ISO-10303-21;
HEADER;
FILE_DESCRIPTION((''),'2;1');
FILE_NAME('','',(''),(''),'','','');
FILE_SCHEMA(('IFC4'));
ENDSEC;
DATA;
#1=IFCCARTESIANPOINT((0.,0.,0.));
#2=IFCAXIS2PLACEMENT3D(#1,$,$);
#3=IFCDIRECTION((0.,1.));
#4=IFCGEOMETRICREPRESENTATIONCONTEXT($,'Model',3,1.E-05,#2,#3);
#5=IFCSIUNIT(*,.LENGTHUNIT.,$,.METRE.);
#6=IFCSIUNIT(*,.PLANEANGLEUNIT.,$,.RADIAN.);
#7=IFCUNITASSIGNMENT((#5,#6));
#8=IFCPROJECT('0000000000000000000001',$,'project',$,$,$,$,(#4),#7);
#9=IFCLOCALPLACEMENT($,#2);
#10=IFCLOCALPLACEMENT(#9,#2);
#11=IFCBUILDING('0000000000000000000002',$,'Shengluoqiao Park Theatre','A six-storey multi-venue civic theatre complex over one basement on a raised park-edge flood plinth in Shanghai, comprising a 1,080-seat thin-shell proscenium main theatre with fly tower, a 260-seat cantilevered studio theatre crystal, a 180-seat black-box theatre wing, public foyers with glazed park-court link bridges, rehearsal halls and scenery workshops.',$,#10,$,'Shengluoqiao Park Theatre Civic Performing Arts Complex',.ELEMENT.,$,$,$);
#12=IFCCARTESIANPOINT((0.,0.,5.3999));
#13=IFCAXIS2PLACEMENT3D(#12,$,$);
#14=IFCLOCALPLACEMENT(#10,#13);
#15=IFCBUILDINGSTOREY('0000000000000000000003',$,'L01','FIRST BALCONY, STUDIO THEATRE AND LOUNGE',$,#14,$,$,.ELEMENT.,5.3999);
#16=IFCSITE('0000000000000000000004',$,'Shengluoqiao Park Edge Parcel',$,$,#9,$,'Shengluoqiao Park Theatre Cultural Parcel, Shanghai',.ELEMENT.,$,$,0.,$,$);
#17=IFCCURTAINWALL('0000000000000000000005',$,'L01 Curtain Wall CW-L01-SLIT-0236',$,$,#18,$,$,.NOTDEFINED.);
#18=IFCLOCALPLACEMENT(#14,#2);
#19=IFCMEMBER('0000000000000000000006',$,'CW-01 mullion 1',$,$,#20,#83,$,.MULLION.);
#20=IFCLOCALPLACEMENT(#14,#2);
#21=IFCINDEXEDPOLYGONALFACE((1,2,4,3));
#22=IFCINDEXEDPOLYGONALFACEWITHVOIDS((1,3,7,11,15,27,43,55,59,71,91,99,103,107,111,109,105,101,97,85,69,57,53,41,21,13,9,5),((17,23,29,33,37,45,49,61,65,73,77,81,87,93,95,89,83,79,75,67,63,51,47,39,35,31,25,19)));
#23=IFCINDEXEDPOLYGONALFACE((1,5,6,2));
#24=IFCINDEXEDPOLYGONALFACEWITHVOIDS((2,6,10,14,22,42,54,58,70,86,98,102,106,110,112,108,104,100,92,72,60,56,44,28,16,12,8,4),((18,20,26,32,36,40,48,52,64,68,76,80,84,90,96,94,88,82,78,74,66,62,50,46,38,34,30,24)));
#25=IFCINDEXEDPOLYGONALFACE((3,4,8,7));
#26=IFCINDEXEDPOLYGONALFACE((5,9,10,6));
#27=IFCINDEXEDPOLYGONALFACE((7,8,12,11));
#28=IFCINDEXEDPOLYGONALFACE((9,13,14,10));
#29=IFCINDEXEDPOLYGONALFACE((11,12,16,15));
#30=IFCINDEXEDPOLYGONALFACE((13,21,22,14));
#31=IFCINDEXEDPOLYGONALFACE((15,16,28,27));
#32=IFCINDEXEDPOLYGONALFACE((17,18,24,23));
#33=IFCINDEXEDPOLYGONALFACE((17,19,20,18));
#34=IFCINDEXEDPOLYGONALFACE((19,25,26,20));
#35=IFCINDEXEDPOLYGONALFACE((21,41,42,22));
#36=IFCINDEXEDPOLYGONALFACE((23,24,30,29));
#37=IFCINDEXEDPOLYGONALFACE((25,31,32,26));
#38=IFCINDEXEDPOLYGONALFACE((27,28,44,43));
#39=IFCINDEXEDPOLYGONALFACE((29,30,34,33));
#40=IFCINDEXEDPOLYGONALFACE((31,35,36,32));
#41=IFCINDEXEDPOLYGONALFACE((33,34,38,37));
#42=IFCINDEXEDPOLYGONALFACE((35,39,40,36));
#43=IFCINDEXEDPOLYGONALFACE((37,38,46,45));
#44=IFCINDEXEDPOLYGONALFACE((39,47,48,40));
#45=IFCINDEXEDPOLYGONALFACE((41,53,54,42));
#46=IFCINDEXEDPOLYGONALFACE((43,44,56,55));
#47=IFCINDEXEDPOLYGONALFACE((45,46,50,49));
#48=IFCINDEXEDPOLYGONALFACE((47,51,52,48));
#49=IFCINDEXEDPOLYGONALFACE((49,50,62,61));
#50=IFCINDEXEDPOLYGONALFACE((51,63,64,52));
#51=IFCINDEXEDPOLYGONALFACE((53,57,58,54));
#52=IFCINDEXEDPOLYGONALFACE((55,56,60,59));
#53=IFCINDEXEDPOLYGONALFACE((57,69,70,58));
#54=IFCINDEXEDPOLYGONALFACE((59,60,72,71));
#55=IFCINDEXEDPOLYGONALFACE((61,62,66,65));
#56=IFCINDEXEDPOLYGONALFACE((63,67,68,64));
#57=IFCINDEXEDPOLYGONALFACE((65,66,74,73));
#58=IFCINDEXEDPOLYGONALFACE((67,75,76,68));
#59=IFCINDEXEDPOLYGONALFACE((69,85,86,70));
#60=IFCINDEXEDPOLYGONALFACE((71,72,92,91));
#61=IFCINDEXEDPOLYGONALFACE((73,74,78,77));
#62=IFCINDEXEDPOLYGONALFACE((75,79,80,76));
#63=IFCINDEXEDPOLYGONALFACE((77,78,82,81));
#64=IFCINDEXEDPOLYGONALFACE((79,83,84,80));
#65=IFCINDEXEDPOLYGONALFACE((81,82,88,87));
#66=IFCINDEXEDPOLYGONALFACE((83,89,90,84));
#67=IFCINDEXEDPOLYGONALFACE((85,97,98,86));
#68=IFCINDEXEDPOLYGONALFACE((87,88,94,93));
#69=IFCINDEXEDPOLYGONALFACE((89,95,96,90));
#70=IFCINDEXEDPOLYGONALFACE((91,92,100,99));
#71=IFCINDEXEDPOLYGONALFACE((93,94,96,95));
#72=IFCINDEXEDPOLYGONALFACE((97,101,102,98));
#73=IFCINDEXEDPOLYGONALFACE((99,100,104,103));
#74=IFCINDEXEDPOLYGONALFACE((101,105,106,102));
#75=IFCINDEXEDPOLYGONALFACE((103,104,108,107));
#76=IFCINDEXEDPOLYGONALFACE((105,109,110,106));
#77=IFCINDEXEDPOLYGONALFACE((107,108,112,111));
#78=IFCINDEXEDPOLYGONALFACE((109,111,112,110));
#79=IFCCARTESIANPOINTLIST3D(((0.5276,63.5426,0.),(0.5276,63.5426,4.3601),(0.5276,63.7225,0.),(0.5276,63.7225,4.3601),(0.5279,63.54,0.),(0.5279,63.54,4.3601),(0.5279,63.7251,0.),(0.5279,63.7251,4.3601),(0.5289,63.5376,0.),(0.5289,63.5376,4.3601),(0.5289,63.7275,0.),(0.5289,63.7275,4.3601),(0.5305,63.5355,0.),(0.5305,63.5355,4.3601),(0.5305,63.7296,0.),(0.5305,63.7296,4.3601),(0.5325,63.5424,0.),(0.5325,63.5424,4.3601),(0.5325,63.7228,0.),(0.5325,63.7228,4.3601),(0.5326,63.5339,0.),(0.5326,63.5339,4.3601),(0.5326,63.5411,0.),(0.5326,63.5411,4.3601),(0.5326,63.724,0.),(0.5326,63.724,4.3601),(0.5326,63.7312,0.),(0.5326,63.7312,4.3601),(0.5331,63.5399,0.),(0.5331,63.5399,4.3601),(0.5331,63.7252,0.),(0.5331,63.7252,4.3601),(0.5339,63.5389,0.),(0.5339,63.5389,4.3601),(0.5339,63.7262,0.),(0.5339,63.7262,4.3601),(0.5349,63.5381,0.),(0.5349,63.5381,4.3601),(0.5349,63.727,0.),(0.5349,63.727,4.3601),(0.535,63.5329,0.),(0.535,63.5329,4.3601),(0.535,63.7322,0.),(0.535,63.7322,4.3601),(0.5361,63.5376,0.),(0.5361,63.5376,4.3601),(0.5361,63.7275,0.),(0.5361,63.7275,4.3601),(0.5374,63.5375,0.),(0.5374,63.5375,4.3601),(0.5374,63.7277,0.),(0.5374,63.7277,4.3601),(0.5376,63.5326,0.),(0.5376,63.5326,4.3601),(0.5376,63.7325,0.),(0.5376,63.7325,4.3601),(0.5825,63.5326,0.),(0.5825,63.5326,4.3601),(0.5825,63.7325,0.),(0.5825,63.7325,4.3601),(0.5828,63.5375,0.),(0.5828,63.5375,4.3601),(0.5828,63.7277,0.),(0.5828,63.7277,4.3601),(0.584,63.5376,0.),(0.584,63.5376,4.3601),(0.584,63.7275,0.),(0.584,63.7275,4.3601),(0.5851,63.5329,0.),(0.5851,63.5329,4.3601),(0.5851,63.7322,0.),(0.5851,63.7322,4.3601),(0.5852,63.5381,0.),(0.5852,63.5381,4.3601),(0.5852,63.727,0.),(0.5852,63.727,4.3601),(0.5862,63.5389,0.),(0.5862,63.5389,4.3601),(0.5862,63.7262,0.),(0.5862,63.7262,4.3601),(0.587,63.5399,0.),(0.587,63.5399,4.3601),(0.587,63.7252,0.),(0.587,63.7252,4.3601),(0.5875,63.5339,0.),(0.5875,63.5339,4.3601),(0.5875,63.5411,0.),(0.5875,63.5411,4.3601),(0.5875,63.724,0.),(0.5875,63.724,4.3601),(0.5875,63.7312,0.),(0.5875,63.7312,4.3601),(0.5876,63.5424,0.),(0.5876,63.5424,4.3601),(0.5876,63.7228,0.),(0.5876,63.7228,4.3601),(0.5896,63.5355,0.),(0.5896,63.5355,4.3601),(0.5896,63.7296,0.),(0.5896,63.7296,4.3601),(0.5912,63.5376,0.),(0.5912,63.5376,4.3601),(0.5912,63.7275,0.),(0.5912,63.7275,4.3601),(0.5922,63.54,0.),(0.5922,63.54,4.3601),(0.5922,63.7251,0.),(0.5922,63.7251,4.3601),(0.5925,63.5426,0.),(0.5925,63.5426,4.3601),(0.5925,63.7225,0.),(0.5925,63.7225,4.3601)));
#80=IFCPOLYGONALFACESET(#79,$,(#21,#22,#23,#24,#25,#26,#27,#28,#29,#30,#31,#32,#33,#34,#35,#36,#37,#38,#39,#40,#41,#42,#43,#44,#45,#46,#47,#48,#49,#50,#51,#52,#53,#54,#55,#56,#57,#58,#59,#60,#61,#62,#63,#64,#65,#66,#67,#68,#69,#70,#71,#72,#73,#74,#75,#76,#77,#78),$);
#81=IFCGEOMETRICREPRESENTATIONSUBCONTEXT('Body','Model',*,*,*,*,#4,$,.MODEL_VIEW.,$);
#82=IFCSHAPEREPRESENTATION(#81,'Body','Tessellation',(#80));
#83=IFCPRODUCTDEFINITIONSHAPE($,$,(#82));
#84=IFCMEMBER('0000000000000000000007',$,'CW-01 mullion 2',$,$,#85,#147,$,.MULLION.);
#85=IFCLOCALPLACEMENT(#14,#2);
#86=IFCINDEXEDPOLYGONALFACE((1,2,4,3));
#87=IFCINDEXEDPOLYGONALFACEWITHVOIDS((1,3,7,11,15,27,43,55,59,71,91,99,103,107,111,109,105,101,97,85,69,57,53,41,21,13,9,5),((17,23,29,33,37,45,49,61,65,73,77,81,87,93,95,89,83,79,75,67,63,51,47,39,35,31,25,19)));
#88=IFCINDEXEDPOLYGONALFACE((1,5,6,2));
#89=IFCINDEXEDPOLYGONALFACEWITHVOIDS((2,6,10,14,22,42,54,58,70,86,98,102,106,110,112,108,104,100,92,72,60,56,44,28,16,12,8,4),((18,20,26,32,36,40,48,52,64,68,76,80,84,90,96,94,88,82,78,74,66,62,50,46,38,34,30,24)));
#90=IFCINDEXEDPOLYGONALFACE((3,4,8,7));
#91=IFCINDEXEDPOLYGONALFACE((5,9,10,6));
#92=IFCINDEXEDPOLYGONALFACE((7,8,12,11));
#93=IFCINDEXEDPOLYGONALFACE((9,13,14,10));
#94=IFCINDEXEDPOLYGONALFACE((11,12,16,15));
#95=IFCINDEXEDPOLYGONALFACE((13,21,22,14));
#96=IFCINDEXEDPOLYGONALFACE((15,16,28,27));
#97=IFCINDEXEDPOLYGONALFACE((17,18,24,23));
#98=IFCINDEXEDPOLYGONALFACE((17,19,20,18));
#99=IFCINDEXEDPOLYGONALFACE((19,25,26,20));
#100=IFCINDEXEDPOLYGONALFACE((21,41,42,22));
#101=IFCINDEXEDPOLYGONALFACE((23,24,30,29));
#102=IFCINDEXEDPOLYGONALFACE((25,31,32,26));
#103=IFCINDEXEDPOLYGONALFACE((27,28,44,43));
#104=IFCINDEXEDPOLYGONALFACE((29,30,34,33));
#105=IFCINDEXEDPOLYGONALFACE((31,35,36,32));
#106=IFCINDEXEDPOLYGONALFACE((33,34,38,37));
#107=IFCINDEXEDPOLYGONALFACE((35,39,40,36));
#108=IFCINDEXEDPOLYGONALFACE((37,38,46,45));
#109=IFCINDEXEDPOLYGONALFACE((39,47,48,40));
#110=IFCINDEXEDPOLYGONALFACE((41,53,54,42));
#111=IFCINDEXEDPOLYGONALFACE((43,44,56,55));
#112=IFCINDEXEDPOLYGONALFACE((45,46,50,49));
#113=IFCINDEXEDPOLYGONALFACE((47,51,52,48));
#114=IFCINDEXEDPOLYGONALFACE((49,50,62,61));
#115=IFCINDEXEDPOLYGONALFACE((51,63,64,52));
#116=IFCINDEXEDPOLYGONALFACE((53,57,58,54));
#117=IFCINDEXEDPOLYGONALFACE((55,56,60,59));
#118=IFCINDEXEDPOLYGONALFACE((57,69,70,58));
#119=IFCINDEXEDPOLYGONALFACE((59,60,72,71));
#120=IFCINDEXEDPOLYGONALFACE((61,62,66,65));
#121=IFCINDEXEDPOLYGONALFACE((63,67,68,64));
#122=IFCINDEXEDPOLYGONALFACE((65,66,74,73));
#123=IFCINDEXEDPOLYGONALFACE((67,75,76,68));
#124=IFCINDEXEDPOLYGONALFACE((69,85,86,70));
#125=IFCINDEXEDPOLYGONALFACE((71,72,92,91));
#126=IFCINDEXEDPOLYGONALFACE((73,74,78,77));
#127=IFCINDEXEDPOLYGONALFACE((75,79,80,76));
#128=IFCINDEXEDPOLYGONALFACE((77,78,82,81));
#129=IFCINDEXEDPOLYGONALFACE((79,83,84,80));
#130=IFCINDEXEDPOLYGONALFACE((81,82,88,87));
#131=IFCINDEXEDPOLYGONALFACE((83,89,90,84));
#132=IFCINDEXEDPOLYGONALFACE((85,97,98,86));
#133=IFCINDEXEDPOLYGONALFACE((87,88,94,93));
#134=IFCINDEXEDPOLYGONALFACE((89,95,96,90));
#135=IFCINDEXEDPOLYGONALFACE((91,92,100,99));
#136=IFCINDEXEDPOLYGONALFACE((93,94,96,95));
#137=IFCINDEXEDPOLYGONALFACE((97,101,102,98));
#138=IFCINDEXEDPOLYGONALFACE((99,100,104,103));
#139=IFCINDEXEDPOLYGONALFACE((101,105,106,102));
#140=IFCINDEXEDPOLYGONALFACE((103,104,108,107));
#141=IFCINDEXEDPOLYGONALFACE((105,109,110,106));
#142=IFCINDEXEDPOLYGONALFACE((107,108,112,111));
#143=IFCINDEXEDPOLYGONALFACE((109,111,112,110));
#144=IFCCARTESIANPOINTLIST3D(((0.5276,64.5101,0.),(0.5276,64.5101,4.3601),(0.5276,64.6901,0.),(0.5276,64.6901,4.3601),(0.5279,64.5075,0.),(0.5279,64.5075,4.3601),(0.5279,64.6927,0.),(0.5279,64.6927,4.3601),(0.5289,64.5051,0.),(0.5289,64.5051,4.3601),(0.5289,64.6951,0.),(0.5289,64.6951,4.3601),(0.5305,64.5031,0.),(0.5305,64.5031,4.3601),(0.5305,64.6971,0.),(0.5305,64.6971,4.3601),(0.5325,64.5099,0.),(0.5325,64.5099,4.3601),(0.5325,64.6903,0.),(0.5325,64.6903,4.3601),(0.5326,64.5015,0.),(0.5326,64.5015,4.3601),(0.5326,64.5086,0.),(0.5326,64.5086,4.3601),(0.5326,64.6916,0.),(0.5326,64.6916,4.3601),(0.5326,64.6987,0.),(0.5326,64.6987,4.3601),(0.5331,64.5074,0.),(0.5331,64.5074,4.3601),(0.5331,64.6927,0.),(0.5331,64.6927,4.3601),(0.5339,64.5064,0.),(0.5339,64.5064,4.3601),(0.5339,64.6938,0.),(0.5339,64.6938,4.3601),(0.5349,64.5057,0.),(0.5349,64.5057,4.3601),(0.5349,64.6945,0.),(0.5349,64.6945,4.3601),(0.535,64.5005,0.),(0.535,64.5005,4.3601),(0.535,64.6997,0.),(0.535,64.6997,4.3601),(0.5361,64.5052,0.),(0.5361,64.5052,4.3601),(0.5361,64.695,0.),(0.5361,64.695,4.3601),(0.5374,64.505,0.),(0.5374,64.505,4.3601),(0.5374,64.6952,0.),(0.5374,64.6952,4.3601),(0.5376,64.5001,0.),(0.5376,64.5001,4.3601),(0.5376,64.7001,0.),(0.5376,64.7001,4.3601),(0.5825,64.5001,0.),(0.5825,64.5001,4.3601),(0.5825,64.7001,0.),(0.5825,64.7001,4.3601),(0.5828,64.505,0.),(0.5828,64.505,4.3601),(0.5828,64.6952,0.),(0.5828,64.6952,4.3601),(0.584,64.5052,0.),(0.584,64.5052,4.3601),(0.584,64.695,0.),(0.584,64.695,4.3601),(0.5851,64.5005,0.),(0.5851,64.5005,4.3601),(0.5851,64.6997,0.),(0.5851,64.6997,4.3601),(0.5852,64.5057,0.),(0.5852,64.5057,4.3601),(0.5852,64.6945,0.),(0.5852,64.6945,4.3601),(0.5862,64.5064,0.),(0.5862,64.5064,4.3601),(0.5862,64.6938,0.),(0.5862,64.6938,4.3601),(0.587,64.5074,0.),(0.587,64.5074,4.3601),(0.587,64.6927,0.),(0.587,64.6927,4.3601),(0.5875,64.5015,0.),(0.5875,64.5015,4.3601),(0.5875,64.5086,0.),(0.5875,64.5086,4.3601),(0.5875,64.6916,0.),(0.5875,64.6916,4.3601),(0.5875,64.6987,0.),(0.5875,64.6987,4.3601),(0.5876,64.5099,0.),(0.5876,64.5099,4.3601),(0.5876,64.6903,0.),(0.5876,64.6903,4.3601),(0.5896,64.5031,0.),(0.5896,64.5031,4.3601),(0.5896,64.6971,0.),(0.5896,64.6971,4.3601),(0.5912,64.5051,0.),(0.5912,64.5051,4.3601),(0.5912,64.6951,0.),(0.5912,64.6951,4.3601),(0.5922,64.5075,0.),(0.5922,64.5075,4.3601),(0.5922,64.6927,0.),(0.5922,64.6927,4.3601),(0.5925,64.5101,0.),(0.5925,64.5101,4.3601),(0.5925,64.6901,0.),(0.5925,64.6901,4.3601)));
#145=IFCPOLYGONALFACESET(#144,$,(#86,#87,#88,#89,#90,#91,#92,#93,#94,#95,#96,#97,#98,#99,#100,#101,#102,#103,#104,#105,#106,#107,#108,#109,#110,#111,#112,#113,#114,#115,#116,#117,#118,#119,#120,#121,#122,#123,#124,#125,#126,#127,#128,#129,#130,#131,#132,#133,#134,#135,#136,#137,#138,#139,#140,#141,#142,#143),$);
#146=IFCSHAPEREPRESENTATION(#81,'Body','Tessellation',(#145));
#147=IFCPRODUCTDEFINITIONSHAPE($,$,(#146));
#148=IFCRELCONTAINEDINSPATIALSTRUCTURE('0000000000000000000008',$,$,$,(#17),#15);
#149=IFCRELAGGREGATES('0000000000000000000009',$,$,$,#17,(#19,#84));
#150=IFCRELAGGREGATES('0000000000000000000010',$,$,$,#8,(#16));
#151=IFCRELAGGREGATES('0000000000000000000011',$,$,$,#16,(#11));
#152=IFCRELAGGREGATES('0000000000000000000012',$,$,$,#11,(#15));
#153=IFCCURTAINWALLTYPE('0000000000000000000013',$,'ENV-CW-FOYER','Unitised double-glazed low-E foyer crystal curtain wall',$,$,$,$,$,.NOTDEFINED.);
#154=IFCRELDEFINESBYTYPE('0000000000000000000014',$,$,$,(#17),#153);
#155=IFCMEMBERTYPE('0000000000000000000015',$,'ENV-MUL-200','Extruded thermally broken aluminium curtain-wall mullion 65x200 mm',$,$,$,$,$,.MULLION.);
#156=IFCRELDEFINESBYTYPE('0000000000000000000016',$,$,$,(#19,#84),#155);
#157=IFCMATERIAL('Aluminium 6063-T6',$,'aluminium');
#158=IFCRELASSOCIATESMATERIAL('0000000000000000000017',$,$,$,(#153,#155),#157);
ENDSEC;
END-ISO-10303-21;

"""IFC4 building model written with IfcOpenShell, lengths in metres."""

from ifc_helpers import new_model, si_unit, direction, frame, origin, origin_2d, place, context, subcontext, project, spatial, hollow_rectangle, extrude, material, material_profile, profile_set, type_object, element, aggregate, save


model = new_model("IFC4")

# Units and contexts
model_context = context("Model", 3, precision=1e-05, world=origin(), true_north=direction((0.0, 1.0)))
body_context = subcontext(model_context, "Body", "Model", "MODEL_VIEW")
ifc_project = project(units=[si_unit("LENGTHUNIT", "METRE"), si_unit("PLANEANGLEUNIT", "RADIAN")], contexts=[model_context])

# Site, building, storey
site_placement = place(None, origin())
site = spatial("IfcSite", under=ifc_project, at=site_placement, Name="Shengluoqiao Park Edge Parcel", LongName="Shengluoqiao Park Theatre Cultural Parcel, Shanghai", CompositionType="ELEMENT", RefElevation=0.0)
building_placement = place(site_placement, origin())
building = spatial("IfcBuilding", under=site, at=building_placement, Name="Shengluoqiao Park Theatre", Description="A six-storey multi-venue civic theatre complex over one basement on a raised park-edge flood plinth in Shanghai, comprising a 1,080-seat thin-shell proscenium main theatre with fly tower, a 260-seat cantilevered studio theatre crystal, a 180-seat black-box theatre wing, public foyers with glazed park-court link bridges, rehearsal halls and scenery workshops.", LongName="Shengluoqiao Park Theatre Civic Performing Arts Complex", CompositionType="ELEMENT")
storey_placement = place(building_placement, frame((0.0, 0.0, 5.3999)))
storey = spatial("IfcBuildingStorey", under=building, at=storey_placement, Name="L01", Description="FIRST BALCONY, STUDIO THEATRE AND LOUNGE", CompositionType="ELEMENT", Elevation=5.3999)

# Curtain wall, members
ifc_material_1 = material(Name="Aluminium 6063-T6", Category="aluminium")
curtain_wall_type = type_object("IfcCurtainWallType", Name="ENV-CW-FOYER", Description="Unitised double-glazed low-E foyer crystal curtain wall", PredefinedType="NOTDEFINED", material=ifc_material_1)
curtain_wall_placement = place(storey_placement, origin())
curtain_wall = element("IfcCurtainWall", 1, at=curtain_wall_placement, inside=storey, type_object=curtain_wall_type, Name="L01 Curtain Wall CW-L01-SLIT-0236", PredefinedType="NOTDEFINED")
ifc_material_profile_1 = material_profile(ifc_material_1, hollow_rectangle(XDim=0.0649, YDim=0.2, WallThickness=0.0049, InnerFilletRadius=0.0049, OuterFilletRadius=0.01, at=origin_2d()), Name="ALU MULLION 200x65x5")
ifc_profile_set_1 = profile_set([ifc_material_profile_1], Name="Aluminium 6063-T6")
member_type_1 = type_object("IfcMemberType", Name="ENV-MUL-200", Description="Extruded thermally broken aluminium curtain-wall mullion 65x200 mm", PredefinedType="MULLION", material=ifc_profile_set_1)
member_1_placement = place(storey_placement, frame((0.5601, 63.6326, 0.0), z_axis=(0.0, 0.0, 1.0), x_axis=(-1.0, 0.0, 0.0)))
member_1 = element("IfcMember", 2, at=member_1_placement, type_object=member_type_1, Name="CW-01 mullion 1", PredefinedType="MULLION", context=body_context, shape_type="SweptSolid", body=[
    extrude(hollow_rectangle(XDim=0.0649, YDim=0.2, WallThickness=0.0049, InnerFilletRadius=0.0049, OuterFilletRadius=0.01, at=origin_2d()), origin(), (0.0, 0.0, 1.0), 4.3601),
])
member_2_placement = place(storey_placement, frame((0.5601, 64.6001, 0.0), z_axis=(0.0, 0.0, 1.0), x_axis=(-1.0, 0.0, 0.0)))
member_2 = element("IfcMember", 3, at=member_2_placement, type_object=member_type_1, Name="CW-01 mullion 2", PredefinedType="MULLION", context=body_context, shape_type="SweptSolid", body=[
    extrude(hollow_rectangle(XDim=0.0649, YDim=0.2, WallThickness=0.0049, InnerFilletRadius=0.0049, OuterFilletRadius=0.01, at=origin_2d()), origin(), (0.0, 0.0, 1.0), 4.3601),
])

aggregate(curtain_wall, [member_1, member_2])

save(model, "model.ifc")
